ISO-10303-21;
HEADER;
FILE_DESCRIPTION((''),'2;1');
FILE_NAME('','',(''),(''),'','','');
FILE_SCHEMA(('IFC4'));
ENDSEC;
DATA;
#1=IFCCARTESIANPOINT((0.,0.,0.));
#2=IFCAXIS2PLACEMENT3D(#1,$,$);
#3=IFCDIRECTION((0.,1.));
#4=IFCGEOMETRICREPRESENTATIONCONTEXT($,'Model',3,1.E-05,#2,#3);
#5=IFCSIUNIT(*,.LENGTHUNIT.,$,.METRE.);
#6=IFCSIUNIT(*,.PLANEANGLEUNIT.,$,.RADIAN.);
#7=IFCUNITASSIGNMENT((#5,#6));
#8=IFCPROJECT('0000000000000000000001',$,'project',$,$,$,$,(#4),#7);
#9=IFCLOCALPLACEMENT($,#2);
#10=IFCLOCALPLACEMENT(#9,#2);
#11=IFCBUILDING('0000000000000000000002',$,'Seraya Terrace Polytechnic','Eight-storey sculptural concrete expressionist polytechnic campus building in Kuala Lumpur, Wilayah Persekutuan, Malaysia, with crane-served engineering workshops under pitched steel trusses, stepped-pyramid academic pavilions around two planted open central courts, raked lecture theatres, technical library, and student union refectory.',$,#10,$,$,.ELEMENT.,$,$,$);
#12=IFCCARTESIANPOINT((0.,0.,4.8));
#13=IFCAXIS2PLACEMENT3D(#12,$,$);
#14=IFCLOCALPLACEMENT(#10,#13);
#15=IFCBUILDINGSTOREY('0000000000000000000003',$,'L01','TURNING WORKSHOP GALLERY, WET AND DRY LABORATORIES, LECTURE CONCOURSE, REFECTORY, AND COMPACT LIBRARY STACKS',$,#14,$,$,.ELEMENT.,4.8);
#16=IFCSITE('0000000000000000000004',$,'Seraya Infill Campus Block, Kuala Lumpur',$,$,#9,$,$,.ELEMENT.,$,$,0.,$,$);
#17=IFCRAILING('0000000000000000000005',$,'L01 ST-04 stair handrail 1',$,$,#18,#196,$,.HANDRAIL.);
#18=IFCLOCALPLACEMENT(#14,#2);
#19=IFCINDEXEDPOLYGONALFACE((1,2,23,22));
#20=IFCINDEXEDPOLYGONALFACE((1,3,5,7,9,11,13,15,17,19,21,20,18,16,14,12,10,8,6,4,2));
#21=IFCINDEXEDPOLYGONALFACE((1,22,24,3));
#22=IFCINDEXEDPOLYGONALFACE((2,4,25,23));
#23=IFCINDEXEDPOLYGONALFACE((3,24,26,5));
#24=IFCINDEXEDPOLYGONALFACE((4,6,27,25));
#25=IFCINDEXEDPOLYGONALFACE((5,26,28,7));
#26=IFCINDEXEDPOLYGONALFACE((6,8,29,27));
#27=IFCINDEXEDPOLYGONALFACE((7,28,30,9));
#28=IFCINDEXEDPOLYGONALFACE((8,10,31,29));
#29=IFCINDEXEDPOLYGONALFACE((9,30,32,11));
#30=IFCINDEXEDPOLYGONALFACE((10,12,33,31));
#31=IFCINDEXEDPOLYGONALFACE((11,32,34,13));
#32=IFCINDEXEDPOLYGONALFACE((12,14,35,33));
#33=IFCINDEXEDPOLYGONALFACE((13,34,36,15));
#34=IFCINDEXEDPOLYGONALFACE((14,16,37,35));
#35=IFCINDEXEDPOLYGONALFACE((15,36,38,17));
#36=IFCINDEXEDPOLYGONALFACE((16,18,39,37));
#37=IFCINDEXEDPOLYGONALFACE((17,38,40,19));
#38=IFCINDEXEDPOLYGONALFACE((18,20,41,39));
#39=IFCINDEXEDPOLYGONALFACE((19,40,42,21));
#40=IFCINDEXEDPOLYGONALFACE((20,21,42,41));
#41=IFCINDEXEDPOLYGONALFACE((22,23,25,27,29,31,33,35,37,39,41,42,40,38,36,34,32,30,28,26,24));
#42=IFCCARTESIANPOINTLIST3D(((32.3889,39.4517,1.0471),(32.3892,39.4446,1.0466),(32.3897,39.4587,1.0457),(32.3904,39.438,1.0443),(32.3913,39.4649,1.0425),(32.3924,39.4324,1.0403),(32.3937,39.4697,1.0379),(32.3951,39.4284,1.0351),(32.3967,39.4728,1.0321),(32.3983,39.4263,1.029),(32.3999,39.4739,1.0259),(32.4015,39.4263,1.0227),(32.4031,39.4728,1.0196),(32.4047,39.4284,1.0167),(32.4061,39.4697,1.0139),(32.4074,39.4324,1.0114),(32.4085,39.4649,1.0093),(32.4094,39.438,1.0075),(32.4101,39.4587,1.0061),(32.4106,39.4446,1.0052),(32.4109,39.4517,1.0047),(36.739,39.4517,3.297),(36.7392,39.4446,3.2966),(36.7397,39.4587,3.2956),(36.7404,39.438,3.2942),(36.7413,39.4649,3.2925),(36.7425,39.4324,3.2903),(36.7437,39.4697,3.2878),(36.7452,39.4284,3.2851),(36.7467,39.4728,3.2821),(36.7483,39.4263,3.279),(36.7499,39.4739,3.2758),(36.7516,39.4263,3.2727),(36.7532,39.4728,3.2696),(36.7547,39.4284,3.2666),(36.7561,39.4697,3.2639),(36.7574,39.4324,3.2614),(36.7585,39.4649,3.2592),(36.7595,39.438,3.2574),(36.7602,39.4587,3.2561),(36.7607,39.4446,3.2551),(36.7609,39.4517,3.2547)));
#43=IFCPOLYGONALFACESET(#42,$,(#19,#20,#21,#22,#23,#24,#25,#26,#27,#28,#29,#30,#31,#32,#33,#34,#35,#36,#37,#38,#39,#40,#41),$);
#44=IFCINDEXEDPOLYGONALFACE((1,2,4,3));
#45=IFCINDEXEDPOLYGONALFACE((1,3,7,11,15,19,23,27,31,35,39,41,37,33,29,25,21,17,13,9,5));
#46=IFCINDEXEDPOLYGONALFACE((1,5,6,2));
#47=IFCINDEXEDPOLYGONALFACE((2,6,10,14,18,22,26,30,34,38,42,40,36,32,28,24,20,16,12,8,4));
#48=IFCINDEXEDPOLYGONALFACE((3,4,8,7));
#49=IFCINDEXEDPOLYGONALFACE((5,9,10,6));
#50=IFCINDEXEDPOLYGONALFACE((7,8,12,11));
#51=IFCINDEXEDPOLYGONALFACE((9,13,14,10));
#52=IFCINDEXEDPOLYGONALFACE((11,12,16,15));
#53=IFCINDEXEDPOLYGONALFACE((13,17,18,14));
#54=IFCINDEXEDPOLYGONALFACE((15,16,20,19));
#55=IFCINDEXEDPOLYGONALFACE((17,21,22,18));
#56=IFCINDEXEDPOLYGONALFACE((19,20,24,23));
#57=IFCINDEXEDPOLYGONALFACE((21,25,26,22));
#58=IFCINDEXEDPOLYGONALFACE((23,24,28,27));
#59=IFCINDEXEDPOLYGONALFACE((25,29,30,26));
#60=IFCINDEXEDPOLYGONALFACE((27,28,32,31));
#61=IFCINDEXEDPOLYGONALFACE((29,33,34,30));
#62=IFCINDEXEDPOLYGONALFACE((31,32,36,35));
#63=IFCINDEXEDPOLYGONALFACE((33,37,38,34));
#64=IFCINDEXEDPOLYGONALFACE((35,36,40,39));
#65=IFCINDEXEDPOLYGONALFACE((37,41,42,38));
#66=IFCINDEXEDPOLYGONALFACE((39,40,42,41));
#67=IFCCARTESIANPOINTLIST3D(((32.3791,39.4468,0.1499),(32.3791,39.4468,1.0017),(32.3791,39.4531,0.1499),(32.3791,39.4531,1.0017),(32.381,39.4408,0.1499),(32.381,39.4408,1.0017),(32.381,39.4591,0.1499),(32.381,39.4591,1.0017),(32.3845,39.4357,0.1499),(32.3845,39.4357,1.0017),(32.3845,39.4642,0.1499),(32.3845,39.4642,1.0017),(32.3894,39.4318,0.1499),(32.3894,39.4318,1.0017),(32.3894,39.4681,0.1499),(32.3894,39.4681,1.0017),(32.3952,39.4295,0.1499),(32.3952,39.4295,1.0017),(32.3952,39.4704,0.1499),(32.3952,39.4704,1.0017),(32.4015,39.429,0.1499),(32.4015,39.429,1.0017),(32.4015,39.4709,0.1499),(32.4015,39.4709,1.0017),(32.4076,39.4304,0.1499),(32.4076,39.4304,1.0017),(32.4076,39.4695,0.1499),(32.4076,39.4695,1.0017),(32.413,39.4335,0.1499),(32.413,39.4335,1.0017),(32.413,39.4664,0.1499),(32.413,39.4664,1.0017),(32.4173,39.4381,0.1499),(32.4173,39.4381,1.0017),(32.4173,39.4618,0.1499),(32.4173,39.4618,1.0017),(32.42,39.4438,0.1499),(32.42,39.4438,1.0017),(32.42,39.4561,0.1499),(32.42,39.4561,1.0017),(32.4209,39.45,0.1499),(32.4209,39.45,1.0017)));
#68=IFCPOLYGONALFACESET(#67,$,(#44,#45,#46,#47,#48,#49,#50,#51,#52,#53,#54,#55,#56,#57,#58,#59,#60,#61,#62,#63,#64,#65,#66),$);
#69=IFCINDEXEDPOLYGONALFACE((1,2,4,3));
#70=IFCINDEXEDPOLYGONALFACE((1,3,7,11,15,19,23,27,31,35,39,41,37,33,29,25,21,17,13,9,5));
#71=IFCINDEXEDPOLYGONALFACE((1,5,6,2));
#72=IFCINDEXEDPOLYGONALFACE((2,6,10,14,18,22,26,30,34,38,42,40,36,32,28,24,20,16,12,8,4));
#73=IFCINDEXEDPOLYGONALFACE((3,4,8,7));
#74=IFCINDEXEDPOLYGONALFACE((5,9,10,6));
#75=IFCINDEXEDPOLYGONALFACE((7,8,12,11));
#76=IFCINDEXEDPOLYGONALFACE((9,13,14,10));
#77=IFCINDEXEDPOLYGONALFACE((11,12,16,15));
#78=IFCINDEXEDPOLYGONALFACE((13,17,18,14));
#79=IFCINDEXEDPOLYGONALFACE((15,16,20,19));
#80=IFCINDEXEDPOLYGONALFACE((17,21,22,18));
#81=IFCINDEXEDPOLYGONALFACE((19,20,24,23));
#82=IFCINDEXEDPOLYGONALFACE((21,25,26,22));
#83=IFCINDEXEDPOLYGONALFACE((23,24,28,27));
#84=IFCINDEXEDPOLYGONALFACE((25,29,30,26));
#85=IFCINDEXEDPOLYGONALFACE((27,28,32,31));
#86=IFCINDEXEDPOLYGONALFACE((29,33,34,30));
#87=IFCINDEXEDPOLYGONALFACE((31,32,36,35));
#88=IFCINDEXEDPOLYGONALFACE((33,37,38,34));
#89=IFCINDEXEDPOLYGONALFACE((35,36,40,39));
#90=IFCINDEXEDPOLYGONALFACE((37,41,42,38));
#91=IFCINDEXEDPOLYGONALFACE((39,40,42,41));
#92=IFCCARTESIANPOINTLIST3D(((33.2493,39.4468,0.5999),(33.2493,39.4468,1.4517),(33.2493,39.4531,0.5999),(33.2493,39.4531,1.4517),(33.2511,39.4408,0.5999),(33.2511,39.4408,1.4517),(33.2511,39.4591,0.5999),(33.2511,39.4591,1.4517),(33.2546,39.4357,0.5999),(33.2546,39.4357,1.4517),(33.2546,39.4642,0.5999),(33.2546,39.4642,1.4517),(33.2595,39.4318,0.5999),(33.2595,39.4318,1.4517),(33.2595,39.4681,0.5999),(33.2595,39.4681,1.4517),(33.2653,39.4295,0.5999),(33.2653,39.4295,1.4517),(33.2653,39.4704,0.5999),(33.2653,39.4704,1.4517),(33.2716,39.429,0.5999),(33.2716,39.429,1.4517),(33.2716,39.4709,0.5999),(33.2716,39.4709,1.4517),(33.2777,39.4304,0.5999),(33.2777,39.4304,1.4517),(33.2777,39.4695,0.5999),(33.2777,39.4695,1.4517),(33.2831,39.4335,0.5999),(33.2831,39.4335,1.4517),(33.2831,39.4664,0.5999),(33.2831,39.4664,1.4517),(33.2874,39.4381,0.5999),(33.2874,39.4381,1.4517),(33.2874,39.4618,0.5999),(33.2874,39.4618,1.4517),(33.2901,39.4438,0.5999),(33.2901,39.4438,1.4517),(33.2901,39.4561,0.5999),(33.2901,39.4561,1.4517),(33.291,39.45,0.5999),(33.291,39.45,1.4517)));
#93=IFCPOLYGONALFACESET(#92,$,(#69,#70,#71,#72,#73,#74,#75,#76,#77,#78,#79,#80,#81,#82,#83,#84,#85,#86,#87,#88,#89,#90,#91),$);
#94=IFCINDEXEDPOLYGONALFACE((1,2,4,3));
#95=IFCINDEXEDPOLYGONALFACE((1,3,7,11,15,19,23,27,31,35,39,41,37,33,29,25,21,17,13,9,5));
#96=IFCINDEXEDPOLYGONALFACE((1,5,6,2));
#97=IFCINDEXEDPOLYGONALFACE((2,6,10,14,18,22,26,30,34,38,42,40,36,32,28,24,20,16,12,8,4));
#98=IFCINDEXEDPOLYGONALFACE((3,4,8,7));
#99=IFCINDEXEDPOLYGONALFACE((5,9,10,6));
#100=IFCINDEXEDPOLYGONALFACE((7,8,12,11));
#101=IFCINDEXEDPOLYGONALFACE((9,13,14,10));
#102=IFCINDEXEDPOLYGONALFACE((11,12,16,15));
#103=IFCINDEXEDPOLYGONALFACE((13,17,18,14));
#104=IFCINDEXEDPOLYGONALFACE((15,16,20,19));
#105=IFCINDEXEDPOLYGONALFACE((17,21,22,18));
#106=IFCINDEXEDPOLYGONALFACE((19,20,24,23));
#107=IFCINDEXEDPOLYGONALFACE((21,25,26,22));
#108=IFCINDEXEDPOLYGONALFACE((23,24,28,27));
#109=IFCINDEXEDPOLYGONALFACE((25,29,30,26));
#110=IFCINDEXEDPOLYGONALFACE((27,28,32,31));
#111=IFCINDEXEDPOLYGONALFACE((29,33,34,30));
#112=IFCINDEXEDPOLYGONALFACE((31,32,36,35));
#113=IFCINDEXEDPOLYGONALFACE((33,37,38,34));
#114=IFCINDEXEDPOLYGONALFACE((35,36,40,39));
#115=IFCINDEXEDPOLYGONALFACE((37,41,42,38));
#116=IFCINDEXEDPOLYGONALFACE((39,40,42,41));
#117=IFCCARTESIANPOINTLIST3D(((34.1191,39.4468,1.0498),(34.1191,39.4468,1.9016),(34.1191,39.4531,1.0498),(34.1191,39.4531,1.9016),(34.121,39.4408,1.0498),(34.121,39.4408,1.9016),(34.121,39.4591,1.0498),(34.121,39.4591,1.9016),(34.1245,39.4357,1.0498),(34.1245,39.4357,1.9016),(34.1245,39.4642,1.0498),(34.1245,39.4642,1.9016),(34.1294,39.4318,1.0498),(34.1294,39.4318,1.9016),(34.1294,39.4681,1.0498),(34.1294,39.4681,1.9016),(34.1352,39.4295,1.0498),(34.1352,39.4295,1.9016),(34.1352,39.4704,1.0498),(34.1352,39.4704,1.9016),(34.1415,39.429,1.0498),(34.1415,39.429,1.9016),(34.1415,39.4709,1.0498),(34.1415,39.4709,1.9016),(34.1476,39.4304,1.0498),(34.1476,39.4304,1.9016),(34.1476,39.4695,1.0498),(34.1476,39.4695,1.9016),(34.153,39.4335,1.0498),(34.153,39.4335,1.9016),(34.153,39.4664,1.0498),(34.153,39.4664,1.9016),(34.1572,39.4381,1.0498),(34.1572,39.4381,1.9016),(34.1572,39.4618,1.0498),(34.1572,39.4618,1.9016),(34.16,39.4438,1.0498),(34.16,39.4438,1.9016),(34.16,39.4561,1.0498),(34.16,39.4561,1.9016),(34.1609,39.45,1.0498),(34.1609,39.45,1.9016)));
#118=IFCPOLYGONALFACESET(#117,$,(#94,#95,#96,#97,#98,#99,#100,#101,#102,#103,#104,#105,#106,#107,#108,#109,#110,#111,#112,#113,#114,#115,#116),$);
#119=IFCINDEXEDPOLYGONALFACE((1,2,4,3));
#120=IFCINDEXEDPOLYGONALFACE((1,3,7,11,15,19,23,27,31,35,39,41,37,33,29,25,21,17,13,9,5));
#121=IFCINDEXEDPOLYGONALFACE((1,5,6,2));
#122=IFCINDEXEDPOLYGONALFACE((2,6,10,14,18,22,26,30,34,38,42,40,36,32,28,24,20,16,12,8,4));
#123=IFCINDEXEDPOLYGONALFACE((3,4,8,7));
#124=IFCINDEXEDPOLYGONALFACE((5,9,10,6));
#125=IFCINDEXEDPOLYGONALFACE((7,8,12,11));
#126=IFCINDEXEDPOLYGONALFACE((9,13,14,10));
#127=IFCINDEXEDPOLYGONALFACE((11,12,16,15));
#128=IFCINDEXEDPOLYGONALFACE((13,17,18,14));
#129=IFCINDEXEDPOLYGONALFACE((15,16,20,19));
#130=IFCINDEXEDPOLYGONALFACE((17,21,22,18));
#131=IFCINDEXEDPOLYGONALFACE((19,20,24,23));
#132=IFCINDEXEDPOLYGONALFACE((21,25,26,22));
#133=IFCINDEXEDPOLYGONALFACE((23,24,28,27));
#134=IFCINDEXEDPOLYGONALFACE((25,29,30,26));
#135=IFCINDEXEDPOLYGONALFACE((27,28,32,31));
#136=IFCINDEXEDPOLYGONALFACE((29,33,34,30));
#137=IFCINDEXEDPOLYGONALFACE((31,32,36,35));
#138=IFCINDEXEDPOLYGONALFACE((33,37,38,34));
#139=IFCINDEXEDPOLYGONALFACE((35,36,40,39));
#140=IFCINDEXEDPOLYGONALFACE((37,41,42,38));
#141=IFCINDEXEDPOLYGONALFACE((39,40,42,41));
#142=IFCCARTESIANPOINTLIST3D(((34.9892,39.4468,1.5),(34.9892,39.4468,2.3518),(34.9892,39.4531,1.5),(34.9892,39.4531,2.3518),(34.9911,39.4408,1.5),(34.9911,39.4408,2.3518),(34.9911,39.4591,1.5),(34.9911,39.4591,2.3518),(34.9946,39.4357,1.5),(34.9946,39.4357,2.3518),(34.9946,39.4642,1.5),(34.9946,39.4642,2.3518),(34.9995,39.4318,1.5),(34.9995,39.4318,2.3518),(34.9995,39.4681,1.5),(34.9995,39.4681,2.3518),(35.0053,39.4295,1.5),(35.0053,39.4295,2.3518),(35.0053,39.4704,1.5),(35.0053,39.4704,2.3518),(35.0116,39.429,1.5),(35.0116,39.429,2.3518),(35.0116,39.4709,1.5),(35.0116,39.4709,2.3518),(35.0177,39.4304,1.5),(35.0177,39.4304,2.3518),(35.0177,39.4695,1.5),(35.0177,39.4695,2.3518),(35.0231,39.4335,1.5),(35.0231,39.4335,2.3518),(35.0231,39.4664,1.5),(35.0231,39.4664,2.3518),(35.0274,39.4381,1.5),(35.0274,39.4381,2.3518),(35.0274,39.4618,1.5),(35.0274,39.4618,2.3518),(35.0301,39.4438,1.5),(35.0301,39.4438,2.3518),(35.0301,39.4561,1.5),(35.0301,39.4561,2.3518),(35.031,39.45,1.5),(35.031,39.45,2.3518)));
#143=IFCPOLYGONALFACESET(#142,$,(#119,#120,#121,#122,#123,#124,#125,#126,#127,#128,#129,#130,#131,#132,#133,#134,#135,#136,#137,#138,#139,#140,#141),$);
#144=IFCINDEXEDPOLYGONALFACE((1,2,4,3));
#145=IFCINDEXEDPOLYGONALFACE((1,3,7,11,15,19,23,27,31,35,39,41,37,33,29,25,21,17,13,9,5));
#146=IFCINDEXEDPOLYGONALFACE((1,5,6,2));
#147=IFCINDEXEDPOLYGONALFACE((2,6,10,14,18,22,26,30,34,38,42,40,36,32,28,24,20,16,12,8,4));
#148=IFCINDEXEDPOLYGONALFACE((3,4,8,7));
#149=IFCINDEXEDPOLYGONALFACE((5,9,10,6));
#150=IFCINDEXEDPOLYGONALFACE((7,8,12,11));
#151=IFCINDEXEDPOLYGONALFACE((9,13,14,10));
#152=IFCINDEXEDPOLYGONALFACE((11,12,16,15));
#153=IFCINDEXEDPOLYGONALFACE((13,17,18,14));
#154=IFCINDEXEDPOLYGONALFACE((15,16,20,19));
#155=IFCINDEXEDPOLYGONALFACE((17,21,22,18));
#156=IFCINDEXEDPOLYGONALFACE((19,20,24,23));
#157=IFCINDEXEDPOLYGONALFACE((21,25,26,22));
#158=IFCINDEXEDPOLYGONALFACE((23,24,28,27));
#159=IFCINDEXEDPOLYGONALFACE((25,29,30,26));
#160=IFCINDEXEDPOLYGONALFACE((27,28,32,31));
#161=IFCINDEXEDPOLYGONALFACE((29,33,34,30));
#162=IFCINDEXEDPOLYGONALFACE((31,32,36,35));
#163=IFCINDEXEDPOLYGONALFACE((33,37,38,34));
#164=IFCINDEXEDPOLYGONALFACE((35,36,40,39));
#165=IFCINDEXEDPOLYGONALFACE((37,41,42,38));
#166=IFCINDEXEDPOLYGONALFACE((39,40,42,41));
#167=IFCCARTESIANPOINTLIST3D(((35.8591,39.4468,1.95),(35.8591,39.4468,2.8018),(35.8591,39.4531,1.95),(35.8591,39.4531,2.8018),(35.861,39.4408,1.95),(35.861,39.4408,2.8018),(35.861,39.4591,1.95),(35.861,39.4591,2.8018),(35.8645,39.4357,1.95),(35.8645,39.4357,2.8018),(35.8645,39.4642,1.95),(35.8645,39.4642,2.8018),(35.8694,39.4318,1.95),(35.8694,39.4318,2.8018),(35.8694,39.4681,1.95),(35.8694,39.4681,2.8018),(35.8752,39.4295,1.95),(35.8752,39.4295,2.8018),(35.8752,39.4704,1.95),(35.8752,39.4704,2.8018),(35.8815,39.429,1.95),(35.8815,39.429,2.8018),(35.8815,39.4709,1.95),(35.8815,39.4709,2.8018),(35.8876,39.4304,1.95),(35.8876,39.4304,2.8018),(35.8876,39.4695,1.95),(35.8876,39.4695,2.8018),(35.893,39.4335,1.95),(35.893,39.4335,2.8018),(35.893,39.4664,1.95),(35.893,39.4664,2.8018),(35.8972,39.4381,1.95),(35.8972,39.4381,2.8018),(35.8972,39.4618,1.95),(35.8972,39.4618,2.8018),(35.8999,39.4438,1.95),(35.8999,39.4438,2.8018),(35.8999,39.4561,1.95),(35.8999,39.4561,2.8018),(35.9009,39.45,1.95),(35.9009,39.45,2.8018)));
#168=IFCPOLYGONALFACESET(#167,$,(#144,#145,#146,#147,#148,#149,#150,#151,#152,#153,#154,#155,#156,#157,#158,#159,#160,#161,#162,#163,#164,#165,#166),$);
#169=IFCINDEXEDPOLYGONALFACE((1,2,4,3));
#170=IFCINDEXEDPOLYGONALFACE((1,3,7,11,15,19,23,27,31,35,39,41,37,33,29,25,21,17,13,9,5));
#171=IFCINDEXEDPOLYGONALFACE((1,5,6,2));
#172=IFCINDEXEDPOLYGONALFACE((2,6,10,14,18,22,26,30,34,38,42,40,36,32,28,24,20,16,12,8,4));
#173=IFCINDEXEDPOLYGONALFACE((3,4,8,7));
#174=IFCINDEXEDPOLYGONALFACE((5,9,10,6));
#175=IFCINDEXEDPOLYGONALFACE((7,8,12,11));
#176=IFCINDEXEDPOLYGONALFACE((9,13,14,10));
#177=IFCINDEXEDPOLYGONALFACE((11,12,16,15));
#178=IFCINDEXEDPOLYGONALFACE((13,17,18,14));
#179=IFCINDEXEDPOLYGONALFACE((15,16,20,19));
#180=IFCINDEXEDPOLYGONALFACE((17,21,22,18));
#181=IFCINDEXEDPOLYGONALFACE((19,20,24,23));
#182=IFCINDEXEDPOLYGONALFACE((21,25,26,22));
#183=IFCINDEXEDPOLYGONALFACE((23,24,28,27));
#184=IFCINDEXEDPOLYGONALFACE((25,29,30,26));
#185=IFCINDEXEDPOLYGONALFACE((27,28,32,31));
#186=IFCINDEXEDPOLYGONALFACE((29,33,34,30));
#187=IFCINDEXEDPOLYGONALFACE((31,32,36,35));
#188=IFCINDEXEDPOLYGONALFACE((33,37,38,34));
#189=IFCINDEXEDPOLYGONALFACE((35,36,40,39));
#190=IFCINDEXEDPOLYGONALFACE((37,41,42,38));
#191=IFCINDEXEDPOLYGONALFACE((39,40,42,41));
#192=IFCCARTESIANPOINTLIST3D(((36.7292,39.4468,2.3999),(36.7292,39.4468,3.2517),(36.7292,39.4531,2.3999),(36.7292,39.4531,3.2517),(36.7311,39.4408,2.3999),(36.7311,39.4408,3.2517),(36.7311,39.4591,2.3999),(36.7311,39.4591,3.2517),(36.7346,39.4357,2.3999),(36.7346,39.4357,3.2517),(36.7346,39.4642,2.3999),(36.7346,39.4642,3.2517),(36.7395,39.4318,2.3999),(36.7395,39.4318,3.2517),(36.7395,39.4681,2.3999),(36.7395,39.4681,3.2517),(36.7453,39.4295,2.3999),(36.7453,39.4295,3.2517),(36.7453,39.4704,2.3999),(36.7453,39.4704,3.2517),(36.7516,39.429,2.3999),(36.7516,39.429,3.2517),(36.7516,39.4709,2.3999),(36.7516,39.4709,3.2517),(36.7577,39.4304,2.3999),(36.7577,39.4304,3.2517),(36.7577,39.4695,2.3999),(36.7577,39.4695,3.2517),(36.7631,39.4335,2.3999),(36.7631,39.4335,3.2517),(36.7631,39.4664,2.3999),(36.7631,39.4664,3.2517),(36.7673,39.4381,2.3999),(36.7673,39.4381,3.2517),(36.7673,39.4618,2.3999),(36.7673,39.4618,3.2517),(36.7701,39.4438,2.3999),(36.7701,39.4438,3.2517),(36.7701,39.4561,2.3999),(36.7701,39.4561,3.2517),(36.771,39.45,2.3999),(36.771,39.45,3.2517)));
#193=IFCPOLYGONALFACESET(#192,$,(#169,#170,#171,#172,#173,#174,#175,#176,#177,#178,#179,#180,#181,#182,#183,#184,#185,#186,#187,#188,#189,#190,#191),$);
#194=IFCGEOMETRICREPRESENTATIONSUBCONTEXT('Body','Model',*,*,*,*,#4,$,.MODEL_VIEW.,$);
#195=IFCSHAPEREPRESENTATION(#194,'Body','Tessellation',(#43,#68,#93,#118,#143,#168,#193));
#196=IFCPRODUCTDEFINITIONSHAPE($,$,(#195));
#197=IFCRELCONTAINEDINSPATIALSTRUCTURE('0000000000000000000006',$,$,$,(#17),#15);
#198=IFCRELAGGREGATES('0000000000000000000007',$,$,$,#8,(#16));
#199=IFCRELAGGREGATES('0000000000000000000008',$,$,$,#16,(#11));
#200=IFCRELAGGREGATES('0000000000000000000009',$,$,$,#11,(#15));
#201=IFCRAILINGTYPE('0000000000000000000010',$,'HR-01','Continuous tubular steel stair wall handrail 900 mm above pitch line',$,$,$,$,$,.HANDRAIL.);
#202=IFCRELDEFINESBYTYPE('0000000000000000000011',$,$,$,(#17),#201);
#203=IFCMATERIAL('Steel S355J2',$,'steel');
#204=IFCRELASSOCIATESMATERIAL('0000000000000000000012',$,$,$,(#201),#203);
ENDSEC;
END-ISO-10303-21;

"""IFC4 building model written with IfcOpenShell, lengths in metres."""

from ifc_helpers import new_model, si_unit, direction, frame, origin, origin_2d, place, context, subcontext, project, spatial, circle, extrude, material, type_object, element, save


model = new_model("IFC4")

# Units and contexts
model_context = context("Model", 3, precision=1e-05, world=origin(), true_north=direction((0.0, 1.0)))
body_context = subcontext(model_context, "Body", "Model", "MODEL_VIEW")
ifc_project = project(units=[si_unit("LENGTHUNIT", "METRE"), si_unit("PLANEANGLEUNIT", "RADIAN")], contexts=[model_context])

# Site, building, storey
site_placement = place(None, origin())
site = spatial("IfcSite", under=ifc_project, at=site_placement, Name="Seraya Infill Campus Block, Kuala Lumpur", CompositionType="ELEMENT", RefElevation=0.0)
building_placement = place(site_placement, origin())
building = spatial("IfcBuilding", under=site, at=building_placement, Name="Seraya Terrace Polytechnic", Description="Eight-storey sculptural concrete expressionist polytechnic campus building in Kuala Lumpur, Wilayah Persekutuan, Malaysia, with crane-served engineering workshops under pitched steel trusses, stepped-pyramid academic pavilions around two planted open central courts, raked lecture theatres, technical library, and student union refectory.", CompositionType="ELEMENT")
storey_placement = place(building_placement, frame((0.0, 0.0, 4.8)))
storey = spatial("IfcBuildingStorey", under=building, at=storey_placement, Name="L01", Description="TURNING WORKSHOP GALLERY, WET AND DRY LABORATORIES, LECTURE CONCOURSE, REFECTORY, AND COMPACT LIBRARY STACKS", CompositionType="ELEMENT", Elevation=4.8)

# Shared definitions
ifc_material_1 = material(Name="Steel S355J2", Category="steel")

# Railing
railing_type_1 = type_object("IfcRailingType", Name="HR-01", Description="Continuous tubular steel stair wall handrail 900 mm above pitch line", PredefinedType="HANDRAIL", material=ifc_material_1)
railing_1_placement = place(storey_placement, frame((32.3999, 39.45, 0.1499)))
element("IfcRailing", 1, at=railing_1_placement, inside=storey, type_object=railing_type_1, Name="L01 ST-04 stair handrail 1", PredefinedType="HANDRAIL", context=body_context, shape_type="SweptSolid", body=[
    extrude(circle(Radius=0.0239, at=origin_2d()), frame((0.0, 0.0, 0.876), z_axis=(0.888222, 0.0, 0.459415), x_axis=(0.0, 1.0, 0.0)), (0.0, 0.0, 1.0), 4.8975),
    extrude(circle(Radius=0.021, at=origin_2d()), origin(), (0.0, 0.0, 1.0), 0.8518),
    extrude(circle(Radius=0.021, at=origin_2d()), frame((0.8701, 0.0, 0.45)), (0.0, 0.0, 1.0), 0.8518),
    extrude(circle(Radius=0.021, at=origin_2d()), frame((1.74, 0.0, 0.8999)), (0.0, 0.0, 1.0), 0.8518),
    extrude(circle(Radius=0.021, at=origin_2d()), frame((2.6101, 0.0, 1.3501)), (0.0, 0.0, 1.0), 0.8518),
    extrude(circle(Radius=0.021, at=origin_2d()), frame((3.48, 0.0, 1.8)), (0.0, 0.0, 1.0), 0.8518),
    extrude(circle(Radius=0.021, at=origin_2d()), frame((4.3501, 0.0, 2.25)), (0.0, 0.0, 1.0), 0.8518),
])

save(model, "model.ifc")
